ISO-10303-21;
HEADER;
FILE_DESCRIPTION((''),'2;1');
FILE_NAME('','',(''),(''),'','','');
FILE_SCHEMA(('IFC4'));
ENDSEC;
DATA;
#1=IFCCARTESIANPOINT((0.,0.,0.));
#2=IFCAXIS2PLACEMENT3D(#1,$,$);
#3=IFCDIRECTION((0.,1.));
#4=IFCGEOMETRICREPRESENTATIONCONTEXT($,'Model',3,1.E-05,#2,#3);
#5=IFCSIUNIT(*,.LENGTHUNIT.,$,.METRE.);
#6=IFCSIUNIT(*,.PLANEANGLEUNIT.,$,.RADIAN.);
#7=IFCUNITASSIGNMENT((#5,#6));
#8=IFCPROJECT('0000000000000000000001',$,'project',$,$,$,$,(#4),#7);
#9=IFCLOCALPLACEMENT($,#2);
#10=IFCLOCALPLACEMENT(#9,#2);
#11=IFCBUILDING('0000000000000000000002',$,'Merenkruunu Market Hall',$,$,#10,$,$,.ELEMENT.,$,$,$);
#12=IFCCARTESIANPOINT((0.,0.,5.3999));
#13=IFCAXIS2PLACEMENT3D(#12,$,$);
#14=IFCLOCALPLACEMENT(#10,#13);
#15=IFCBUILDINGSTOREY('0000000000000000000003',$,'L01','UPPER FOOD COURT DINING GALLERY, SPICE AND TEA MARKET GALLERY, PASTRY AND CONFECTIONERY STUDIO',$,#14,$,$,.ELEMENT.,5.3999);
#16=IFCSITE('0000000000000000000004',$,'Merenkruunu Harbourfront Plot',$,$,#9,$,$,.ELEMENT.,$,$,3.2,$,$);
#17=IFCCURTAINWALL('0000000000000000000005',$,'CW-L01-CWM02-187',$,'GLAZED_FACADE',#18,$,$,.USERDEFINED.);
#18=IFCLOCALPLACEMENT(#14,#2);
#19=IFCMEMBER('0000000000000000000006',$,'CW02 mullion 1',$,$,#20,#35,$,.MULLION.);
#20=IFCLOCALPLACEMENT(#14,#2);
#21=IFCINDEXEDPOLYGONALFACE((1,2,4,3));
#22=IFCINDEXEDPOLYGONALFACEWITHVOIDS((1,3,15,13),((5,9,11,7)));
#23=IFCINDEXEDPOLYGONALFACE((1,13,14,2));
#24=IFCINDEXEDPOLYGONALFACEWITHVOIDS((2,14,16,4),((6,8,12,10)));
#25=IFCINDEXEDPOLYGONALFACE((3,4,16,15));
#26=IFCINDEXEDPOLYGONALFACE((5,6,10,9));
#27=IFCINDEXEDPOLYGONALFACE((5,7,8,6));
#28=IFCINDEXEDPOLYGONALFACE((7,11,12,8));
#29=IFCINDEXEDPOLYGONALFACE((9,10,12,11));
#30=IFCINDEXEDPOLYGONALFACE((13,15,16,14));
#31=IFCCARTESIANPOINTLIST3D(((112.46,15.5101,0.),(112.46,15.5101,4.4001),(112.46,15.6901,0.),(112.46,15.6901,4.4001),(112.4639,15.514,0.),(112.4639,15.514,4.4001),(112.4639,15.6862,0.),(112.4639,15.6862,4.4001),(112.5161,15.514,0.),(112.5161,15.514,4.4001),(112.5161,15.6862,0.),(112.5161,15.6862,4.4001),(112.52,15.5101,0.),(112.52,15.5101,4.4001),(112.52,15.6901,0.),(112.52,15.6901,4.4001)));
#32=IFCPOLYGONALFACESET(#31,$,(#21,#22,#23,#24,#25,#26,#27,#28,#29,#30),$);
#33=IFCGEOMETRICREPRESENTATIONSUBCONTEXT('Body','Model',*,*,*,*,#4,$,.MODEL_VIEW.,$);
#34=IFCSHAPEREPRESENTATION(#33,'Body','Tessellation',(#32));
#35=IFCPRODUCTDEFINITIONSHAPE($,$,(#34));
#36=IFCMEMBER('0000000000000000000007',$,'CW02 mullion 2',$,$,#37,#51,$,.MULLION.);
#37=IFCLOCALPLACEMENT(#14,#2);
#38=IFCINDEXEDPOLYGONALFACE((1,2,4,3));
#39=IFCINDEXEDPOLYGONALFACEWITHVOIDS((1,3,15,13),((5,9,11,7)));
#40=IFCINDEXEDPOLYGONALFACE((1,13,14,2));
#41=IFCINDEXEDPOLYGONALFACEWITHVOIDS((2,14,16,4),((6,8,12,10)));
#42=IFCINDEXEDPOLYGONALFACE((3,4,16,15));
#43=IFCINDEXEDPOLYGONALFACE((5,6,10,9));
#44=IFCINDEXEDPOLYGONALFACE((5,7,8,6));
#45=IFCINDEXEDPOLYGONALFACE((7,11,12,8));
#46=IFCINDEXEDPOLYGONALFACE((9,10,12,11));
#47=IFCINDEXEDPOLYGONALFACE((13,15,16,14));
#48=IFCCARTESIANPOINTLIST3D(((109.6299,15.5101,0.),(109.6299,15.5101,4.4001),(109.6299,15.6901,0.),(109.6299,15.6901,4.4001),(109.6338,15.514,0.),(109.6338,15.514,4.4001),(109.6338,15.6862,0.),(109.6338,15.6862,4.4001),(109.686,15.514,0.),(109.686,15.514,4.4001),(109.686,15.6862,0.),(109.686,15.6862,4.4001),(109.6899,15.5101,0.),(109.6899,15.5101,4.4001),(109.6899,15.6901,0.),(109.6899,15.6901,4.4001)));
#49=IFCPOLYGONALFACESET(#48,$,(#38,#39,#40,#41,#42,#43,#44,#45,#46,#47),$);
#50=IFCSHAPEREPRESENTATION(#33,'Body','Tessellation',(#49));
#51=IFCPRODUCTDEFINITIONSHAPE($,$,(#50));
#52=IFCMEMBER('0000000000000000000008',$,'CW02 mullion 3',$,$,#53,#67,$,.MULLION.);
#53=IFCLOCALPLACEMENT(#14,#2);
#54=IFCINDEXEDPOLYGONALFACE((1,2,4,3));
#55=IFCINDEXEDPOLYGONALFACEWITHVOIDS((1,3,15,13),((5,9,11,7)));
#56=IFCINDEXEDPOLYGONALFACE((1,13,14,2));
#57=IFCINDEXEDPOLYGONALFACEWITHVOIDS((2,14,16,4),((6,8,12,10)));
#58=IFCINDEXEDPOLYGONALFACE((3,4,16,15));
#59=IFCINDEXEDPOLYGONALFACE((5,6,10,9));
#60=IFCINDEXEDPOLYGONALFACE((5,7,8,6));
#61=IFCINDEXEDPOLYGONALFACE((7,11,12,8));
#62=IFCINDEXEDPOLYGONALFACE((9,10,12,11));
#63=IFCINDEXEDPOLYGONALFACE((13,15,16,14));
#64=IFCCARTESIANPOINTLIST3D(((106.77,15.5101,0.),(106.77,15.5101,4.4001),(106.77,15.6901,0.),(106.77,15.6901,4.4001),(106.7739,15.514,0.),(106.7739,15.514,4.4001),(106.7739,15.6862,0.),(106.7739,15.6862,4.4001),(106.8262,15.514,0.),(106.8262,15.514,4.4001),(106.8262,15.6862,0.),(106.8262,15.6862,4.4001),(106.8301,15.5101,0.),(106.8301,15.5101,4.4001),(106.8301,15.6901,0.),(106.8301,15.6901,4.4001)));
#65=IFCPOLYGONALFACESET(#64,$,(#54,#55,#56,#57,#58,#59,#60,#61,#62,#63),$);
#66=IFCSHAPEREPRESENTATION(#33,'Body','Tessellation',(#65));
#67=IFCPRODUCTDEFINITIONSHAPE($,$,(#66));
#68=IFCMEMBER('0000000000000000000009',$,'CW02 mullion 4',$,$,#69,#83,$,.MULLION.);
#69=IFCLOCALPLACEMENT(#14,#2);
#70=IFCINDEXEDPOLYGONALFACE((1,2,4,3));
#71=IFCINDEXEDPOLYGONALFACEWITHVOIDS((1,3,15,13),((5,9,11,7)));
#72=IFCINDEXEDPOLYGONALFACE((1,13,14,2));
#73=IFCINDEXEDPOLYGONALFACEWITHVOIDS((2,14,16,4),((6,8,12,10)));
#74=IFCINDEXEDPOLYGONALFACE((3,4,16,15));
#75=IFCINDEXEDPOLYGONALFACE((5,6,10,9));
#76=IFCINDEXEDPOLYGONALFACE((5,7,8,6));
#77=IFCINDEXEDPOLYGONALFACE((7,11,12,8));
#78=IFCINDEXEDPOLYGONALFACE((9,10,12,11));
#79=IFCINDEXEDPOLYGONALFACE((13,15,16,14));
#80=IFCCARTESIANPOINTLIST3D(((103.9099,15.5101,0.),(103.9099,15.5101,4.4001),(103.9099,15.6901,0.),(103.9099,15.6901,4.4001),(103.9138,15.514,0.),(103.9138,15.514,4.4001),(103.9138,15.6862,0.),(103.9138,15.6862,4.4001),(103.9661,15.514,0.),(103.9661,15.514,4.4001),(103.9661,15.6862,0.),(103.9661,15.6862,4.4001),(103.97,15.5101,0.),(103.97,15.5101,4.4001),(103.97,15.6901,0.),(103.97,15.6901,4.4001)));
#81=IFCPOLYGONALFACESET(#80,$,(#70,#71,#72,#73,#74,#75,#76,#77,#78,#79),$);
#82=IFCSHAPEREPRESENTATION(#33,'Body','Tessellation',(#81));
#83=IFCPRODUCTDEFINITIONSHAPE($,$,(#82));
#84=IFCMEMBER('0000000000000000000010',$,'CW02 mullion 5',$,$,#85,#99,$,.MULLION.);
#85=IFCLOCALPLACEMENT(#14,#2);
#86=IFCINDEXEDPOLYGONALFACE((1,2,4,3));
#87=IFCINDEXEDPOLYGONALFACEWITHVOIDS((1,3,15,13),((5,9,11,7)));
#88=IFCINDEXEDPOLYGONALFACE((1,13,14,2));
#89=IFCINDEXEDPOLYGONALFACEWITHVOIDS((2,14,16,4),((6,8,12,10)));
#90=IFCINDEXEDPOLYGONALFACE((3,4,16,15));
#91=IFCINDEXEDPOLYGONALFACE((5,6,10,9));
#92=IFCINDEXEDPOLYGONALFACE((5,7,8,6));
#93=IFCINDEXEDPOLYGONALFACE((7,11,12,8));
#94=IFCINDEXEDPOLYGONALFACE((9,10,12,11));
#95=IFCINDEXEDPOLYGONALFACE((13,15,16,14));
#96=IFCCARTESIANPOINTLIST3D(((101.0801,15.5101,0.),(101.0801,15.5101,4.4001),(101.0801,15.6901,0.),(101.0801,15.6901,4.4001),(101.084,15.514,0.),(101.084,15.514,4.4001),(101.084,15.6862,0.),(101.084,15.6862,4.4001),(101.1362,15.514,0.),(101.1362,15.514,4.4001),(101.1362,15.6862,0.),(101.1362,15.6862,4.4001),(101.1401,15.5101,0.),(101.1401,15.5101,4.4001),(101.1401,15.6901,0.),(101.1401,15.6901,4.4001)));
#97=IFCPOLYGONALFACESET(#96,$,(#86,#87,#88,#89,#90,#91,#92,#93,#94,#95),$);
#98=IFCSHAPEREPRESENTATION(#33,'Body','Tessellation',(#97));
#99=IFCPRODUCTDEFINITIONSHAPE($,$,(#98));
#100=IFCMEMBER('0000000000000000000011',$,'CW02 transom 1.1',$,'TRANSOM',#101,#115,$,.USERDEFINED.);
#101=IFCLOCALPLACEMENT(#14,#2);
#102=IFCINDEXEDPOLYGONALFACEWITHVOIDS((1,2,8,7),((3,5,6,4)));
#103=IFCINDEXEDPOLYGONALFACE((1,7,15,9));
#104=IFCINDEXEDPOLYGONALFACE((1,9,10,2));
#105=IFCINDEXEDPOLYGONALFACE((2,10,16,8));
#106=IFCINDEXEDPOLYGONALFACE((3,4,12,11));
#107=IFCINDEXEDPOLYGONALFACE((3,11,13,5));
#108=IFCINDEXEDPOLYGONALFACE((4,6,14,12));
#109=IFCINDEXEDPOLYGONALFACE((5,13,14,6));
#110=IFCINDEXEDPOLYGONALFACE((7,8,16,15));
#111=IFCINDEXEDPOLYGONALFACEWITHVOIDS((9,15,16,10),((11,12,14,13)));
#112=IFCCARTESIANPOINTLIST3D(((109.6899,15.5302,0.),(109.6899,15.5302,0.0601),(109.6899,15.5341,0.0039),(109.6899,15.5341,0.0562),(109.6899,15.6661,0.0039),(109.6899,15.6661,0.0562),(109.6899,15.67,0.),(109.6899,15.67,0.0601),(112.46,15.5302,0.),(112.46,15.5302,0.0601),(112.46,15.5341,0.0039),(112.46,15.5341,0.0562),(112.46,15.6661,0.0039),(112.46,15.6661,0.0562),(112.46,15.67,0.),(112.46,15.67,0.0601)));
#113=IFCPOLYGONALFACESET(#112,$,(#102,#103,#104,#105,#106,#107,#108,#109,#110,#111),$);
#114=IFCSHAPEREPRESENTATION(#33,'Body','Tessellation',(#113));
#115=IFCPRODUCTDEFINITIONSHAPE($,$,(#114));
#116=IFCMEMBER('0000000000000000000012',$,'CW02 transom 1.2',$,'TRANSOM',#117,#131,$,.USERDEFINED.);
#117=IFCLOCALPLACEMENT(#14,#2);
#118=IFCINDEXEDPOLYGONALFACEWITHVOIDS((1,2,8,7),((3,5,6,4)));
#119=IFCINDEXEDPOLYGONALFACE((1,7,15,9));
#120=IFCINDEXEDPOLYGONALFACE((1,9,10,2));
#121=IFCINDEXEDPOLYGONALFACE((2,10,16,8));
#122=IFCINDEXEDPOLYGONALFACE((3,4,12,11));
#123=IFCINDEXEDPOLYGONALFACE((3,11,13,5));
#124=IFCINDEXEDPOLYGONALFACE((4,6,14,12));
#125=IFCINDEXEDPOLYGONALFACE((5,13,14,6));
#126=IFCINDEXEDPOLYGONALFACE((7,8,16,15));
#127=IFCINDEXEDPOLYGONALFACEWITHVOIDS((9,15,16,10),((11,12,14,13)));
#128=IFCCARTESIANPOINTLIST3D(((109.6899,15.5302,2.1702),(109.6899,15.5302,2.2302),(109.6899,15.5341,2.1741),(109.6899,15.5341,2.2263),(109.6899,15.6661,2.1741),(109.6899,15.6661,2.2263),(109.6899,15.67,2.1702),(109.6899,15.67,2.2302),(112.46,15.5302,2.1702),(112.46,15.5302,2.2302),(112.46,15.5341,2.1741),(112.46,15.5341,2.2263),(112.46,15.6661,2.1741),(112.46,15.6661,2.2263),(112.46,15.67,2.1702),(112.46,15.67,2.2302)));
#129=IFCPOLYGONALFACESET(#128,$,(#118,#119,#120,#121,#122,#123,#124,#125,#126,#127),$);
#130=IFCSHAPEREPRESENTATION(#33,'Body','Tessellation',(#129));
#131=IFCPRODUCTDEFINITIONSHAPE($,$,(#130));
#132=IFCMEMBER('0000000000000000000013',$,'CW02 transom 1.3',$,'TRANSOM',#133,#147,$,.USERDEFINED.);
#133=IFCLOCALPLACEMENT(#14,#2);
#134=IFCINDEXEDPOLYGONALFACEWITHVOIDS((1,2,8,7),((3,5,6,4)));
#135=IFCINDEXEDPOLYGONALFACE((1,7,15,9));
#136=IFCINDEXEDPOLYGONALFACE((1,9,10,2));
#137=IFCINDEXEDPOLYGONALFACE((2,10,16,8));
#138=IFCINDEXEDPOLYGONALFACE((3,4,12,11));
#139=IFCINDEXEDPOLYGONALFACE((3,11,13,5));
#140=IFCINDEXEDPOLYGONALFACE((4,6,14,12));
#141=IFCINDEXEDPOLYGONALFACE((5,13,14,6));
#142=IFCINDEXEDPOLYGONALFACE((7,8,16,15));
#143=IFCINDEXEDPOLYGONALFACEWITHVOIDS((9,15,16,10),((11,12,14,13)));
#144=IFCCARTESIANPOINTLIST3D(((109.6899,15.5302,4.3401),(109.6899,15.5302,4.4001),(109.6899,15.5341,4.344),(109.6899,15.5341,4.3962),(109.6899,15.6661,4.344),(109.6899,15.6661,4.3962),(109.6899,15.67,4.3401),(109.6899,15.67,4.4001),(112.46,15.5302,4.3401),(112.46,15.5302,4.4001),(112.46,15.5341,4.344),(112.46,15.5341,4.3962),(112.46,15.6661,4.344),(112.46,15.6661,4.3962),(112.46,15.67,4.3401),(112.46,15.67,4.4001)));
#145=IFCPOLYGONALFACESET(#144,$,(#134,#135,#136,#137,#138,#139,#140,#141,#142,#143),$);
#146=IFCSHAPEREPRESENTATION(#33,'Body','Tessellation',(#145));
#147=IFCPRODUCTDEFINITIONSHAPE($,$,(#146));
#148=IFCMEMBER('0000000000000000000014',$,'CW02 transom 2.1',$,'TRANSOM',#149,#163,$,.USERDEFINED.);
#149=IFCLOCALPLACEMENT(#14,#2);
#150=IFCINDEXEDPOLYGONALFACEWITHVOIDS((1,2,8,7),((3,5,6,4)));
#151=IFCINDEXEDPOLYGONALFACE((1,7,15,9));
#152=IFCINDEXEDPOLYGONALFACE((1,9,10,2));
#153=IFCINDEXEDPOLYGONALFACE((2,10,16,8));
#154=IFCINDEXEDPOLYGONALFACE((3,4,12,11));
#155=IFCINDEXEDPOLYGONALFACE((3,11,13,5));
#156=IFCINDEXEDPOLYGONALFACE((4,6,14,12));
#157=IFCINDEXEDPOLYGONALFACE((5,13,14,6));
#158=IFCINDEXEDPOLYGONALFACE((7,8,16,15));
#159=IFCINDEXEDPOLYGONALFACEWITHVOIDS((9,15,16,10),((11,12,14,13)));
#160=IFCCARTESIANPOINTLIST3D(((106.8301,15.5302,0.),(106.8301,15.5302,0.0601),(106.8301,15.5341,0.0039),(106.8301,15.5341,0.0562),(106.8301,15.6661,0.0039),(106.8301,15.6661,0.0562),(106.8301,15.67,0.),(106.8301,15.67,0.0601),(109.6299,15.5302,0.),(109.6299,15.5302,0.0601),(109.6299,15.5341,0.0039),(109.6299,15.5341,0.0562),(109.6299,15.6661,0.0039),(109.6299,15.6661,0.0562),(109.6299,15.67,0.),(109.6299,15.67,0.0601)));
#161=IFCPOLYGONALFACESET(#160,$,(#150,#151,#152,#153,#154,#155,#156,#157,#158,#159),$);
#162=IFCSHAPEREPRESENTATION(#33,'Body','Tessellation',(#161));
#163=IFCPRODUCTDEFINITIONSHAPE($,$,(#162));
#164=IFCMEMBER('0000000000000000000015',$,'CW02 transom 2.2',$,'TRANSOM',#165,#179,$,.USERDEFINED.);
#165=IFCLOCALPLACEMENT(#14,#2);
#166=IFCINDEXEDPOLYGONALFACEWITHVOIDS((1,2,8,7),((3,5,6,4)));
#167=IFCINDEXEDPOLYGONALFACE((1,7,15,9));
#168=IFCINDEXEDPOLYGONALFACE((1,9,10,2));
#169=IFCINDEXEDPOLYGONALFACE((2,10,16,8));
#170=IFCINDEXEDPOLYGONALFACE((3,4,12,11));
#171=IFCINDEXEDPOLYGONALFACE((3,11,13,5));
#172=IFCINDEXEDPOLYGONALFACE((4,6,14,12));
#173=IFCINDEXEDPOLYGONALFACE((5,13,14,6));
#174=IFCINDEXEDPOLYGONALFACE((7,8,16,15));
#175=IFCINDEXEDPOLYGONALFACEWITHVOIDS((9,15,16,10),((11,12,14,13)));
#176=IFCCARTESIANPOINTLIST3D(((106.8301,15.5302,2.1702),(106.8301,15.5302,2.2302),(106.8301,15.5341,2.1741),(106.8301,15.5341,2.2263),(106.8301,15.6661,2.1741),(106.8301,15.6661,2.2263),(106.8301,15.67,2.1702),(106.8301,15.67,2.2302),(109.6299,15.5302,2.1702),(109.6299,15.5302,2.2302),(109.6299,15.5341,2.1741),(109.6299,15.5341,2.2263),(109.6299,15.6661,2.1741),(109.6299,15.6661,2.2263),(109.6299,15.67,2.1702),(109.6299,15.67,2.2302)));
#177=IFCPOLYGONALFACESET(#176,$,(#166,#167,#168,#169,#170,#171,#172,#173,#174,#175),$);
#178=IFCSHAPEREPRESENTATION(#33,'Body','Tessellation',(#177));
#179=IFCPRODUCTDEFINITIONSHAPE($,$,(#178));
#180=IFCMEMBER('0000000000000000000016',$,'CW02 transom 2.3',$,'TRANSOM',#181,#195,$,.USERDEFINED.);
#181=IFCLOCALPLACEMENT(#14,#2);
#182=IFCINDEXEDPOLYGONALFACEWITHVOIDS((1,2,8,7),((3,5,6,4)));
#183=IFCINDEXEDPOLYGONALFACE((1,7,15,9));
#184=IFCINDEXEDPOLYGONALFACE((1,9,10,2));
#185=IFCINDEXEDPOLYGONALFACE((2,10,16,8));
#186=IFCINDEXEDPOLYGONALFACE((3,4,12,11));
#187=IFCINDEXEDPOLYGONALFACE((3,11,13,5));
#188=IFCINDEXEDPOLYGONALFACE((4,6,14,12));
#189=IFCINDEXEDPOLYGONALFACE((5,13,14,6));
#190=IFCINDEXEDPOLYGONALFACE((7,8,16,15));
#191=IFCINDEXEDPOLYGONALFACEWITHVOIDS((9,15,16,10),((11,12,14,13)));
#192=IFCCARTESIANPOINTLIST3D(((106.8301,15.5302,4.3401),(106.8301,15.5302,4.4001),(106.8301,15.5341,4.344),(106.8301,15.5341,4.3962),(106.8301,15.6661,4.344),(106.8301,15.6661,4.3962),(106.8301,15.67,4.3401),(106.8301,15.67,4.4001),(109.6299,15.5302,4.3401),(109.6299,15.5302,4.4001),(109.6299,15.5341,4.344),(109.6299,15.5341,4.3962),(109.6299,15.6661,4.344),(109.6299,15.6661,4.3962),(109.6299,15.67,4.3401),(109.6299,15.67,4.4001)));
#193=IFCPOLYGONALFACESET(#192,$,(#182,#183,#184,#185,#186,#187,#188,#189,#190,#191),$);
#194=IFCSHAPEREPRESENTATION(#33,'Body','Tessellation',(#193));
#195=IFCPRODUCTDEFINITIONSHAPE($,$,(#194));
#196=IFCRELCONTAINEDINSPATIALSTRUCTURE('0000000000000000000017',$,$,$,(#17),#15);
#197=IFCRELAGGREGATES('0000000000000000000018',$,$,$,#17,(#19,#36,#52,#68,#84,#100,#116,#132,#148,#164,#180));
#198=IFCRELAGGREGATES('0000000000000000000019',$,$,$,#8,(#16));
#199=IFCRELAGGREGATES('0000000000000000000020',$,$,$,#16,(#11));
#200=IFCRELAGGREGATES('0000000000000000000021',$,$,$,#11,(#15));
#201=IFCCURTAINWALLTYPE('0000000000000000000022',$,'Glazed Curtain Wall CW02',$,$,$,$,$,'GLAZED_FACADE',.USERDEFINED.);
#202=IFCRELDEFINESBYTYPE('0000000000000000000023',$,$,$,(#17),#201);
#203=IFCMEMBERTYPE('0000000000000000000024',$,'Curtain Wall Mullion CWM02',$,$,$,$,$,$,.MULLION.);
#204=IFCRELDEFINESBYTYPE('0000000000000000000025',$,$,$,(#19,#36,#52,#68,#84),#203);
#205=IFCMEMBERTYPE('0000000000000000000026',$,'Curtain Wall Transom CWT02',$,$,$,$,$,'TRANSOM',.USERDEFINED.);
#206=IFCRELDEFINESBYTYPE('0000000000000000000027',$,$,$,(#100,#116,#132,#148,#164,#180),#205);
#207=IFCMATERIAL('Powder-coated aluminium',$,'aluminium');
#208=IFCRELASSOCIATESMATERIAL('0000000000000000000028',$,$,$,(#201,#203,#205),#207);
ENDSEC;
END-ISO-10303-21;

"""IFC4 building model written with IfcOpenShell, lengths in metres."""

from ifc_helpers import new_model, si_unit, direction, frame, origin, origin_2d, place, context, subcontext, project, spatial, hollow_rectangle, extrude, material, material_profile, profile_set, type_object, element, aggregate, save


model = new_model("IFC4")

# Units and contexts
model_context = context("Model", 3, precision=1e-05, world=origin(), true_north=direction((0.0, 1.0)))
body_context = subcontext(model_context, "Body", "Model", "MODEL_VIEW")
ifc_project = project(units=[si_unit("LENGTHUNIT", "METRE"), si_unit("PLANEANGLEUNIT", "RADIAN")], contexts=[model_context])

# Site, building, storey
site_placement = place(None, origin())
site = spatial("IfcSite", under=ifc_project, at=site_placement, Name="Merenkruunu Harbourfront Plot", CompositionType="ELEMENT", RefElevation=3.2)
building_placement = place(site_placement, origin())
building = spatial("IfcBuilding", under=site, at=building_placement, Name="Merenkruunu Market Hall", CompositionType="ELEMENT")
storey_placement = place(building_placement, frame((0.0, 0.0, 5.3999)))
storey = spatial("IfcBuildingStorey", under=building, at=storey_placement, Name="L01", Description="UPPER FOOD COURT DINING GALLERY, SPICE AND TEA MARKET GALLERY, PASTRY AND CONFECTIONERY STUDIO", CompositionType="ELEMENT", Elevation=5.3999)

# Curtain wall, members
ifc_material_1 = material(Name="Powder-coated aluminium", Category="aluminium")
curtain_wall_type = type_object("IfcCurtainWallType", Name="Glazed Curtain Wall CW02", ElementType="GLAZED_FACADE", PredefinedType="USERDEFINED", material=ifc_material_1)
curtain_wall_placement = place(storey_placement, origin())
curtain_wall = element("IfcCurtainWall", 1, at=curtain_wall_placement, inside=storey, type_object=curtain_wall_type, Name="CW-L01-CWM02-187", ObjectType="GLAZED_FACADE", PredefinedType="USERDEFINED")
ifc_material_profile_1 = material_profile(ifc_material_1, hollow_rectangle(XDim=0.0601, YDim=0.1799, WallThickness=0.0039, at=origin_2d()), Name="ALU 60x180x4")
ifc_profile_set_1 = profile_set([ifc_material_profile_1], Name="Powder-coated aluminium")
member_type_1 = type_object("IfcMemberType", Name="Curtain Wall Mullion CWM02", PredefinedType="MULLION", material=ifc_profile_set_1)
member_1_placement = place(storey_placement, frame((112.49, 15.6001, 0.0), z_axis=(0.0, 0.0, 1.0), x_axis=(-1.0, 0.0, 0.0)))
member_1 = element("IfcMember", 2, at=member_1_placement, type_object=member_type_1, Name="CW02 mullion 1", PredefinedType="MULLION", context=body_context, shape_type="SweptSolid", body=[
    extrude(hollow_rectangle(XDim=0.0601, YDim=0.1799, WallThickness=0.0039, at=origin_2d()), origin(), (0.0, 0.0, 1.0), 4.4001),
])
member_2_placement = place(storey_placement, frame((109.6599, 15.6001, 0.0), z_axis=(0.0, 0.0, 1.0), x_axis=(-1.0, 0.0, 0.0)))
member_2 = element("IfcMember", 3, at=member_2_placement, type_object=member_type_1, Name="CW02 mullion 2", PredefinedType="MULLION", context=body_context, shape_type="SweptSolid", body=[
    extrude(hollow_rectangle(XDim=0.0601, YDim=0.1799, WallThickness=0.0039, at=origin_2d()), origin(), (0.0, 0.0, 1.0), 4.4001),
])
member_3_placement = place(storey_placement, frame((106.8, 15.6001, 0.0), z_axis=(0.0, 0.0, 1.0), x_axis=(-1.0, 0.0, 0.0)))
member_3 = element("IfcMember", 4, at=member_3_placement, type_object=member_type_1, Name="CW02 mullion 3", PredefinedType="MULLION", context=body_context, shape_type="SweptSolid", body=[
    extrude(hollow_rectangle(XDim=0.0601, YDim=0.1799, WallThickness=0.0039, at=origin_2d()), origin(), (0.0, 0.0, 1.0), 4.4001),
])
member_4_placement = place(storey_placement, frame((103.9399, 15.6001, 0.0), z_axis=(0.0, 0.0, 1.0), x_axis=(-1.0, 0.0, 0.0)))
member_4 = element("IfcMember", 5, at=member_4_placement, type_object=member_type_1, Name="CW02 mullion 4", PredefinedType="MULLION", context=body_context, shape_type="SweptSolid", body=[
    extrude(hollow_rectangle(XDim=0.0601, YDim=0.1799, WallThickness=0.0039, at=origin_2d()), origin(), (0.0, 0.0, 1.0), 4.4001),
])
member_5_placement = place(storey_placement, frame((101.1101, 15.6001, 0.0), z_axis=(0.0, 0.0, 1.0), x_axis=(-1.0, 0.0, 0.0)))
member_5 = element("IfcMember", 6, at=member_5_placement, type_object=member_type_1, Name="CW02 mullion 5", PredefinedType="MULLION", context=body_context, shape_type="SweptSolid", body=[
    extrude(hollow_rectangle(XDim=0.0601, YDim=0.1799, WallThickness=0.0039, at=origin_2d()), origin(), (0.0, 0.0, 1.0), 4.4001),
])
ifc_material_profile_2 = material_profile(ifc_material_1, hollow_rectangle(XDim=0.0601, YDim=0.1399, WallThickness=0.0039, at=origin_2d()), Name="ALU 60x140x4")
ifc_profile_set_2 = profile_set([ifc_material_profile_2], Name="Powder-coated aluminium")
member_type_2 = type_object("IfcMemberType", Name="Curtain Wall Transom CWT02", ElementType="TRANSOM", PredefinedType="USERDEFINED", material=ifc_profile_set_2)
member_6_placement = place(storey_placement, frame((112.46, 15.6001, 0.03), z_axis=(-1.0, 0.0, 0.0), x_axis=(0.0, 0.0, 1.0)))
member_6 = element("IfcMember", 7, at=member_6_placement, type_object=member_type_2, Name="CW02 transom 1.1", ObjectType="TRANSOM", PredefinedType="USERDEFINED", context=body_context, shape_type="SweptSolid", body=[
    extrude(hollow_rectangle(XDim=0.0601, YDim=0.1399, WallThickness=0.0039, at=origin_2d()), origin(), (0.0, 0.0, 1.0), 2.77),
])
member_7_placement = place(storey_placement, frame((112.46, 15.6001, 2.2002), z_axis=(-1.0, 0.0, 0.0), x_axis=(0.0, 0.0, 1.0)))
member_7 = element("IfcMember", 8, at=member_7_placement, type_object=member_type_2, Name="CW02 transom 1.2", ObjectType="TRANSOM", PredefinedType="USERDEFINED", context=body_context, shape_type="SweptSolid", body=[
    extrude(hollow_rectangle(XDim=0.0601, YDim=0.1399, WallThickness=0.0039, at=origin_2d()), origin(), (0.0, 0.0, 1.0), 2.77),
])
member_8_placement = place(storey_placement, frame((112.46, 15.6001, 4.3701), z_axis=(-1.0, 0.0, 0.0), x_axis=(0.0, 0.0, 1.0)))
member_8 = element("IfcMember", 9, at=member_8_placement, type_object=member_type_2, Name="CW02 transom 1.3", ObjectType="TRANSOM", PredefinedType="USERDEFINED", context=body_context, shape_type="SweptSolid", body=[
    extrude(hollow_rectangle(XDim=0.0601, YDim=0.1399, WallThickness=0.0039, at=origin_2d()), origin(), (0.0, 0.0, 1.0), 2.77),
])
member_9_placement = place(storey_placement, frame((109.6299, 15.6001, 0.03), z_axis=(-1.0, 0.0, 0.0), x_axis=(0.0, 0.0, 1.0)))
member_9 = element("IfcMember", 10, at=member_9_placement, type_object=member_type_2, Name="CW02 transom 2.1", ObjectType="TRANSOM", PredefinedType="USERDEFINED", context=body_context, shape_type="SweptSolid", body=[
    extrude(hollow_rectangle(XDim=0.0601, YDim=0.1399, WallThickness=0.0039, at=origin_2d()), origin(), (0.0, 0.0, 1.0), 2.7998),
])
member_10_placement = place(storey_placement, frame((109.6299, 15.6001, 2.2002), z_axis=(-1.0, 0.0, 0.0), x_axis=(0.0, 0.0, 1.0)))
member_10 = element("IfcMember", 11, at=member_10_placement, type_object=member_type_2, Name="CW02 transom 2.2", ObjectType="TRANSOM", PredefinedType="USERDEFINED", context=body_context, shape_type="SweptSolid", body=[
    extrude(hollow_rectangle(XDim=0.0601, YDim=0.1399, WallThickness=0.0039, at=origin_2d()), origin(), (0.0, 0.0, 1.0), 2.7998),
])
member_11_placement = place(storey_placement, frame((109.6299, 15.6001, 4.3701), z_axis=(-1.0, 0.0, 0.0), x_axis=(0.0, 0.0, 1.0)))
member_11 = element("IfcMember", 12, at=member_11_placement, type_object=member_type_2, Name="CW02 transom 2.3", ObjectType="TRANSOM", PredefinedType="USERDEFINED", context=body_context, shape_type="SweptSolid", body=[
    extrude(hollow_rectangle(XDim=0.0601, YDim=0.1399, WallThickness=0.0039, at=origin_2d()), origin(), (0.0, 0.0, 1.0), 2.7998),
])

aggregate(curtain_wall, [member_1, member_2, member_3, member_4, member_5, member_6, member_7, member_8, member_9, member_10, member_11])

save(model, "model.ifc")
